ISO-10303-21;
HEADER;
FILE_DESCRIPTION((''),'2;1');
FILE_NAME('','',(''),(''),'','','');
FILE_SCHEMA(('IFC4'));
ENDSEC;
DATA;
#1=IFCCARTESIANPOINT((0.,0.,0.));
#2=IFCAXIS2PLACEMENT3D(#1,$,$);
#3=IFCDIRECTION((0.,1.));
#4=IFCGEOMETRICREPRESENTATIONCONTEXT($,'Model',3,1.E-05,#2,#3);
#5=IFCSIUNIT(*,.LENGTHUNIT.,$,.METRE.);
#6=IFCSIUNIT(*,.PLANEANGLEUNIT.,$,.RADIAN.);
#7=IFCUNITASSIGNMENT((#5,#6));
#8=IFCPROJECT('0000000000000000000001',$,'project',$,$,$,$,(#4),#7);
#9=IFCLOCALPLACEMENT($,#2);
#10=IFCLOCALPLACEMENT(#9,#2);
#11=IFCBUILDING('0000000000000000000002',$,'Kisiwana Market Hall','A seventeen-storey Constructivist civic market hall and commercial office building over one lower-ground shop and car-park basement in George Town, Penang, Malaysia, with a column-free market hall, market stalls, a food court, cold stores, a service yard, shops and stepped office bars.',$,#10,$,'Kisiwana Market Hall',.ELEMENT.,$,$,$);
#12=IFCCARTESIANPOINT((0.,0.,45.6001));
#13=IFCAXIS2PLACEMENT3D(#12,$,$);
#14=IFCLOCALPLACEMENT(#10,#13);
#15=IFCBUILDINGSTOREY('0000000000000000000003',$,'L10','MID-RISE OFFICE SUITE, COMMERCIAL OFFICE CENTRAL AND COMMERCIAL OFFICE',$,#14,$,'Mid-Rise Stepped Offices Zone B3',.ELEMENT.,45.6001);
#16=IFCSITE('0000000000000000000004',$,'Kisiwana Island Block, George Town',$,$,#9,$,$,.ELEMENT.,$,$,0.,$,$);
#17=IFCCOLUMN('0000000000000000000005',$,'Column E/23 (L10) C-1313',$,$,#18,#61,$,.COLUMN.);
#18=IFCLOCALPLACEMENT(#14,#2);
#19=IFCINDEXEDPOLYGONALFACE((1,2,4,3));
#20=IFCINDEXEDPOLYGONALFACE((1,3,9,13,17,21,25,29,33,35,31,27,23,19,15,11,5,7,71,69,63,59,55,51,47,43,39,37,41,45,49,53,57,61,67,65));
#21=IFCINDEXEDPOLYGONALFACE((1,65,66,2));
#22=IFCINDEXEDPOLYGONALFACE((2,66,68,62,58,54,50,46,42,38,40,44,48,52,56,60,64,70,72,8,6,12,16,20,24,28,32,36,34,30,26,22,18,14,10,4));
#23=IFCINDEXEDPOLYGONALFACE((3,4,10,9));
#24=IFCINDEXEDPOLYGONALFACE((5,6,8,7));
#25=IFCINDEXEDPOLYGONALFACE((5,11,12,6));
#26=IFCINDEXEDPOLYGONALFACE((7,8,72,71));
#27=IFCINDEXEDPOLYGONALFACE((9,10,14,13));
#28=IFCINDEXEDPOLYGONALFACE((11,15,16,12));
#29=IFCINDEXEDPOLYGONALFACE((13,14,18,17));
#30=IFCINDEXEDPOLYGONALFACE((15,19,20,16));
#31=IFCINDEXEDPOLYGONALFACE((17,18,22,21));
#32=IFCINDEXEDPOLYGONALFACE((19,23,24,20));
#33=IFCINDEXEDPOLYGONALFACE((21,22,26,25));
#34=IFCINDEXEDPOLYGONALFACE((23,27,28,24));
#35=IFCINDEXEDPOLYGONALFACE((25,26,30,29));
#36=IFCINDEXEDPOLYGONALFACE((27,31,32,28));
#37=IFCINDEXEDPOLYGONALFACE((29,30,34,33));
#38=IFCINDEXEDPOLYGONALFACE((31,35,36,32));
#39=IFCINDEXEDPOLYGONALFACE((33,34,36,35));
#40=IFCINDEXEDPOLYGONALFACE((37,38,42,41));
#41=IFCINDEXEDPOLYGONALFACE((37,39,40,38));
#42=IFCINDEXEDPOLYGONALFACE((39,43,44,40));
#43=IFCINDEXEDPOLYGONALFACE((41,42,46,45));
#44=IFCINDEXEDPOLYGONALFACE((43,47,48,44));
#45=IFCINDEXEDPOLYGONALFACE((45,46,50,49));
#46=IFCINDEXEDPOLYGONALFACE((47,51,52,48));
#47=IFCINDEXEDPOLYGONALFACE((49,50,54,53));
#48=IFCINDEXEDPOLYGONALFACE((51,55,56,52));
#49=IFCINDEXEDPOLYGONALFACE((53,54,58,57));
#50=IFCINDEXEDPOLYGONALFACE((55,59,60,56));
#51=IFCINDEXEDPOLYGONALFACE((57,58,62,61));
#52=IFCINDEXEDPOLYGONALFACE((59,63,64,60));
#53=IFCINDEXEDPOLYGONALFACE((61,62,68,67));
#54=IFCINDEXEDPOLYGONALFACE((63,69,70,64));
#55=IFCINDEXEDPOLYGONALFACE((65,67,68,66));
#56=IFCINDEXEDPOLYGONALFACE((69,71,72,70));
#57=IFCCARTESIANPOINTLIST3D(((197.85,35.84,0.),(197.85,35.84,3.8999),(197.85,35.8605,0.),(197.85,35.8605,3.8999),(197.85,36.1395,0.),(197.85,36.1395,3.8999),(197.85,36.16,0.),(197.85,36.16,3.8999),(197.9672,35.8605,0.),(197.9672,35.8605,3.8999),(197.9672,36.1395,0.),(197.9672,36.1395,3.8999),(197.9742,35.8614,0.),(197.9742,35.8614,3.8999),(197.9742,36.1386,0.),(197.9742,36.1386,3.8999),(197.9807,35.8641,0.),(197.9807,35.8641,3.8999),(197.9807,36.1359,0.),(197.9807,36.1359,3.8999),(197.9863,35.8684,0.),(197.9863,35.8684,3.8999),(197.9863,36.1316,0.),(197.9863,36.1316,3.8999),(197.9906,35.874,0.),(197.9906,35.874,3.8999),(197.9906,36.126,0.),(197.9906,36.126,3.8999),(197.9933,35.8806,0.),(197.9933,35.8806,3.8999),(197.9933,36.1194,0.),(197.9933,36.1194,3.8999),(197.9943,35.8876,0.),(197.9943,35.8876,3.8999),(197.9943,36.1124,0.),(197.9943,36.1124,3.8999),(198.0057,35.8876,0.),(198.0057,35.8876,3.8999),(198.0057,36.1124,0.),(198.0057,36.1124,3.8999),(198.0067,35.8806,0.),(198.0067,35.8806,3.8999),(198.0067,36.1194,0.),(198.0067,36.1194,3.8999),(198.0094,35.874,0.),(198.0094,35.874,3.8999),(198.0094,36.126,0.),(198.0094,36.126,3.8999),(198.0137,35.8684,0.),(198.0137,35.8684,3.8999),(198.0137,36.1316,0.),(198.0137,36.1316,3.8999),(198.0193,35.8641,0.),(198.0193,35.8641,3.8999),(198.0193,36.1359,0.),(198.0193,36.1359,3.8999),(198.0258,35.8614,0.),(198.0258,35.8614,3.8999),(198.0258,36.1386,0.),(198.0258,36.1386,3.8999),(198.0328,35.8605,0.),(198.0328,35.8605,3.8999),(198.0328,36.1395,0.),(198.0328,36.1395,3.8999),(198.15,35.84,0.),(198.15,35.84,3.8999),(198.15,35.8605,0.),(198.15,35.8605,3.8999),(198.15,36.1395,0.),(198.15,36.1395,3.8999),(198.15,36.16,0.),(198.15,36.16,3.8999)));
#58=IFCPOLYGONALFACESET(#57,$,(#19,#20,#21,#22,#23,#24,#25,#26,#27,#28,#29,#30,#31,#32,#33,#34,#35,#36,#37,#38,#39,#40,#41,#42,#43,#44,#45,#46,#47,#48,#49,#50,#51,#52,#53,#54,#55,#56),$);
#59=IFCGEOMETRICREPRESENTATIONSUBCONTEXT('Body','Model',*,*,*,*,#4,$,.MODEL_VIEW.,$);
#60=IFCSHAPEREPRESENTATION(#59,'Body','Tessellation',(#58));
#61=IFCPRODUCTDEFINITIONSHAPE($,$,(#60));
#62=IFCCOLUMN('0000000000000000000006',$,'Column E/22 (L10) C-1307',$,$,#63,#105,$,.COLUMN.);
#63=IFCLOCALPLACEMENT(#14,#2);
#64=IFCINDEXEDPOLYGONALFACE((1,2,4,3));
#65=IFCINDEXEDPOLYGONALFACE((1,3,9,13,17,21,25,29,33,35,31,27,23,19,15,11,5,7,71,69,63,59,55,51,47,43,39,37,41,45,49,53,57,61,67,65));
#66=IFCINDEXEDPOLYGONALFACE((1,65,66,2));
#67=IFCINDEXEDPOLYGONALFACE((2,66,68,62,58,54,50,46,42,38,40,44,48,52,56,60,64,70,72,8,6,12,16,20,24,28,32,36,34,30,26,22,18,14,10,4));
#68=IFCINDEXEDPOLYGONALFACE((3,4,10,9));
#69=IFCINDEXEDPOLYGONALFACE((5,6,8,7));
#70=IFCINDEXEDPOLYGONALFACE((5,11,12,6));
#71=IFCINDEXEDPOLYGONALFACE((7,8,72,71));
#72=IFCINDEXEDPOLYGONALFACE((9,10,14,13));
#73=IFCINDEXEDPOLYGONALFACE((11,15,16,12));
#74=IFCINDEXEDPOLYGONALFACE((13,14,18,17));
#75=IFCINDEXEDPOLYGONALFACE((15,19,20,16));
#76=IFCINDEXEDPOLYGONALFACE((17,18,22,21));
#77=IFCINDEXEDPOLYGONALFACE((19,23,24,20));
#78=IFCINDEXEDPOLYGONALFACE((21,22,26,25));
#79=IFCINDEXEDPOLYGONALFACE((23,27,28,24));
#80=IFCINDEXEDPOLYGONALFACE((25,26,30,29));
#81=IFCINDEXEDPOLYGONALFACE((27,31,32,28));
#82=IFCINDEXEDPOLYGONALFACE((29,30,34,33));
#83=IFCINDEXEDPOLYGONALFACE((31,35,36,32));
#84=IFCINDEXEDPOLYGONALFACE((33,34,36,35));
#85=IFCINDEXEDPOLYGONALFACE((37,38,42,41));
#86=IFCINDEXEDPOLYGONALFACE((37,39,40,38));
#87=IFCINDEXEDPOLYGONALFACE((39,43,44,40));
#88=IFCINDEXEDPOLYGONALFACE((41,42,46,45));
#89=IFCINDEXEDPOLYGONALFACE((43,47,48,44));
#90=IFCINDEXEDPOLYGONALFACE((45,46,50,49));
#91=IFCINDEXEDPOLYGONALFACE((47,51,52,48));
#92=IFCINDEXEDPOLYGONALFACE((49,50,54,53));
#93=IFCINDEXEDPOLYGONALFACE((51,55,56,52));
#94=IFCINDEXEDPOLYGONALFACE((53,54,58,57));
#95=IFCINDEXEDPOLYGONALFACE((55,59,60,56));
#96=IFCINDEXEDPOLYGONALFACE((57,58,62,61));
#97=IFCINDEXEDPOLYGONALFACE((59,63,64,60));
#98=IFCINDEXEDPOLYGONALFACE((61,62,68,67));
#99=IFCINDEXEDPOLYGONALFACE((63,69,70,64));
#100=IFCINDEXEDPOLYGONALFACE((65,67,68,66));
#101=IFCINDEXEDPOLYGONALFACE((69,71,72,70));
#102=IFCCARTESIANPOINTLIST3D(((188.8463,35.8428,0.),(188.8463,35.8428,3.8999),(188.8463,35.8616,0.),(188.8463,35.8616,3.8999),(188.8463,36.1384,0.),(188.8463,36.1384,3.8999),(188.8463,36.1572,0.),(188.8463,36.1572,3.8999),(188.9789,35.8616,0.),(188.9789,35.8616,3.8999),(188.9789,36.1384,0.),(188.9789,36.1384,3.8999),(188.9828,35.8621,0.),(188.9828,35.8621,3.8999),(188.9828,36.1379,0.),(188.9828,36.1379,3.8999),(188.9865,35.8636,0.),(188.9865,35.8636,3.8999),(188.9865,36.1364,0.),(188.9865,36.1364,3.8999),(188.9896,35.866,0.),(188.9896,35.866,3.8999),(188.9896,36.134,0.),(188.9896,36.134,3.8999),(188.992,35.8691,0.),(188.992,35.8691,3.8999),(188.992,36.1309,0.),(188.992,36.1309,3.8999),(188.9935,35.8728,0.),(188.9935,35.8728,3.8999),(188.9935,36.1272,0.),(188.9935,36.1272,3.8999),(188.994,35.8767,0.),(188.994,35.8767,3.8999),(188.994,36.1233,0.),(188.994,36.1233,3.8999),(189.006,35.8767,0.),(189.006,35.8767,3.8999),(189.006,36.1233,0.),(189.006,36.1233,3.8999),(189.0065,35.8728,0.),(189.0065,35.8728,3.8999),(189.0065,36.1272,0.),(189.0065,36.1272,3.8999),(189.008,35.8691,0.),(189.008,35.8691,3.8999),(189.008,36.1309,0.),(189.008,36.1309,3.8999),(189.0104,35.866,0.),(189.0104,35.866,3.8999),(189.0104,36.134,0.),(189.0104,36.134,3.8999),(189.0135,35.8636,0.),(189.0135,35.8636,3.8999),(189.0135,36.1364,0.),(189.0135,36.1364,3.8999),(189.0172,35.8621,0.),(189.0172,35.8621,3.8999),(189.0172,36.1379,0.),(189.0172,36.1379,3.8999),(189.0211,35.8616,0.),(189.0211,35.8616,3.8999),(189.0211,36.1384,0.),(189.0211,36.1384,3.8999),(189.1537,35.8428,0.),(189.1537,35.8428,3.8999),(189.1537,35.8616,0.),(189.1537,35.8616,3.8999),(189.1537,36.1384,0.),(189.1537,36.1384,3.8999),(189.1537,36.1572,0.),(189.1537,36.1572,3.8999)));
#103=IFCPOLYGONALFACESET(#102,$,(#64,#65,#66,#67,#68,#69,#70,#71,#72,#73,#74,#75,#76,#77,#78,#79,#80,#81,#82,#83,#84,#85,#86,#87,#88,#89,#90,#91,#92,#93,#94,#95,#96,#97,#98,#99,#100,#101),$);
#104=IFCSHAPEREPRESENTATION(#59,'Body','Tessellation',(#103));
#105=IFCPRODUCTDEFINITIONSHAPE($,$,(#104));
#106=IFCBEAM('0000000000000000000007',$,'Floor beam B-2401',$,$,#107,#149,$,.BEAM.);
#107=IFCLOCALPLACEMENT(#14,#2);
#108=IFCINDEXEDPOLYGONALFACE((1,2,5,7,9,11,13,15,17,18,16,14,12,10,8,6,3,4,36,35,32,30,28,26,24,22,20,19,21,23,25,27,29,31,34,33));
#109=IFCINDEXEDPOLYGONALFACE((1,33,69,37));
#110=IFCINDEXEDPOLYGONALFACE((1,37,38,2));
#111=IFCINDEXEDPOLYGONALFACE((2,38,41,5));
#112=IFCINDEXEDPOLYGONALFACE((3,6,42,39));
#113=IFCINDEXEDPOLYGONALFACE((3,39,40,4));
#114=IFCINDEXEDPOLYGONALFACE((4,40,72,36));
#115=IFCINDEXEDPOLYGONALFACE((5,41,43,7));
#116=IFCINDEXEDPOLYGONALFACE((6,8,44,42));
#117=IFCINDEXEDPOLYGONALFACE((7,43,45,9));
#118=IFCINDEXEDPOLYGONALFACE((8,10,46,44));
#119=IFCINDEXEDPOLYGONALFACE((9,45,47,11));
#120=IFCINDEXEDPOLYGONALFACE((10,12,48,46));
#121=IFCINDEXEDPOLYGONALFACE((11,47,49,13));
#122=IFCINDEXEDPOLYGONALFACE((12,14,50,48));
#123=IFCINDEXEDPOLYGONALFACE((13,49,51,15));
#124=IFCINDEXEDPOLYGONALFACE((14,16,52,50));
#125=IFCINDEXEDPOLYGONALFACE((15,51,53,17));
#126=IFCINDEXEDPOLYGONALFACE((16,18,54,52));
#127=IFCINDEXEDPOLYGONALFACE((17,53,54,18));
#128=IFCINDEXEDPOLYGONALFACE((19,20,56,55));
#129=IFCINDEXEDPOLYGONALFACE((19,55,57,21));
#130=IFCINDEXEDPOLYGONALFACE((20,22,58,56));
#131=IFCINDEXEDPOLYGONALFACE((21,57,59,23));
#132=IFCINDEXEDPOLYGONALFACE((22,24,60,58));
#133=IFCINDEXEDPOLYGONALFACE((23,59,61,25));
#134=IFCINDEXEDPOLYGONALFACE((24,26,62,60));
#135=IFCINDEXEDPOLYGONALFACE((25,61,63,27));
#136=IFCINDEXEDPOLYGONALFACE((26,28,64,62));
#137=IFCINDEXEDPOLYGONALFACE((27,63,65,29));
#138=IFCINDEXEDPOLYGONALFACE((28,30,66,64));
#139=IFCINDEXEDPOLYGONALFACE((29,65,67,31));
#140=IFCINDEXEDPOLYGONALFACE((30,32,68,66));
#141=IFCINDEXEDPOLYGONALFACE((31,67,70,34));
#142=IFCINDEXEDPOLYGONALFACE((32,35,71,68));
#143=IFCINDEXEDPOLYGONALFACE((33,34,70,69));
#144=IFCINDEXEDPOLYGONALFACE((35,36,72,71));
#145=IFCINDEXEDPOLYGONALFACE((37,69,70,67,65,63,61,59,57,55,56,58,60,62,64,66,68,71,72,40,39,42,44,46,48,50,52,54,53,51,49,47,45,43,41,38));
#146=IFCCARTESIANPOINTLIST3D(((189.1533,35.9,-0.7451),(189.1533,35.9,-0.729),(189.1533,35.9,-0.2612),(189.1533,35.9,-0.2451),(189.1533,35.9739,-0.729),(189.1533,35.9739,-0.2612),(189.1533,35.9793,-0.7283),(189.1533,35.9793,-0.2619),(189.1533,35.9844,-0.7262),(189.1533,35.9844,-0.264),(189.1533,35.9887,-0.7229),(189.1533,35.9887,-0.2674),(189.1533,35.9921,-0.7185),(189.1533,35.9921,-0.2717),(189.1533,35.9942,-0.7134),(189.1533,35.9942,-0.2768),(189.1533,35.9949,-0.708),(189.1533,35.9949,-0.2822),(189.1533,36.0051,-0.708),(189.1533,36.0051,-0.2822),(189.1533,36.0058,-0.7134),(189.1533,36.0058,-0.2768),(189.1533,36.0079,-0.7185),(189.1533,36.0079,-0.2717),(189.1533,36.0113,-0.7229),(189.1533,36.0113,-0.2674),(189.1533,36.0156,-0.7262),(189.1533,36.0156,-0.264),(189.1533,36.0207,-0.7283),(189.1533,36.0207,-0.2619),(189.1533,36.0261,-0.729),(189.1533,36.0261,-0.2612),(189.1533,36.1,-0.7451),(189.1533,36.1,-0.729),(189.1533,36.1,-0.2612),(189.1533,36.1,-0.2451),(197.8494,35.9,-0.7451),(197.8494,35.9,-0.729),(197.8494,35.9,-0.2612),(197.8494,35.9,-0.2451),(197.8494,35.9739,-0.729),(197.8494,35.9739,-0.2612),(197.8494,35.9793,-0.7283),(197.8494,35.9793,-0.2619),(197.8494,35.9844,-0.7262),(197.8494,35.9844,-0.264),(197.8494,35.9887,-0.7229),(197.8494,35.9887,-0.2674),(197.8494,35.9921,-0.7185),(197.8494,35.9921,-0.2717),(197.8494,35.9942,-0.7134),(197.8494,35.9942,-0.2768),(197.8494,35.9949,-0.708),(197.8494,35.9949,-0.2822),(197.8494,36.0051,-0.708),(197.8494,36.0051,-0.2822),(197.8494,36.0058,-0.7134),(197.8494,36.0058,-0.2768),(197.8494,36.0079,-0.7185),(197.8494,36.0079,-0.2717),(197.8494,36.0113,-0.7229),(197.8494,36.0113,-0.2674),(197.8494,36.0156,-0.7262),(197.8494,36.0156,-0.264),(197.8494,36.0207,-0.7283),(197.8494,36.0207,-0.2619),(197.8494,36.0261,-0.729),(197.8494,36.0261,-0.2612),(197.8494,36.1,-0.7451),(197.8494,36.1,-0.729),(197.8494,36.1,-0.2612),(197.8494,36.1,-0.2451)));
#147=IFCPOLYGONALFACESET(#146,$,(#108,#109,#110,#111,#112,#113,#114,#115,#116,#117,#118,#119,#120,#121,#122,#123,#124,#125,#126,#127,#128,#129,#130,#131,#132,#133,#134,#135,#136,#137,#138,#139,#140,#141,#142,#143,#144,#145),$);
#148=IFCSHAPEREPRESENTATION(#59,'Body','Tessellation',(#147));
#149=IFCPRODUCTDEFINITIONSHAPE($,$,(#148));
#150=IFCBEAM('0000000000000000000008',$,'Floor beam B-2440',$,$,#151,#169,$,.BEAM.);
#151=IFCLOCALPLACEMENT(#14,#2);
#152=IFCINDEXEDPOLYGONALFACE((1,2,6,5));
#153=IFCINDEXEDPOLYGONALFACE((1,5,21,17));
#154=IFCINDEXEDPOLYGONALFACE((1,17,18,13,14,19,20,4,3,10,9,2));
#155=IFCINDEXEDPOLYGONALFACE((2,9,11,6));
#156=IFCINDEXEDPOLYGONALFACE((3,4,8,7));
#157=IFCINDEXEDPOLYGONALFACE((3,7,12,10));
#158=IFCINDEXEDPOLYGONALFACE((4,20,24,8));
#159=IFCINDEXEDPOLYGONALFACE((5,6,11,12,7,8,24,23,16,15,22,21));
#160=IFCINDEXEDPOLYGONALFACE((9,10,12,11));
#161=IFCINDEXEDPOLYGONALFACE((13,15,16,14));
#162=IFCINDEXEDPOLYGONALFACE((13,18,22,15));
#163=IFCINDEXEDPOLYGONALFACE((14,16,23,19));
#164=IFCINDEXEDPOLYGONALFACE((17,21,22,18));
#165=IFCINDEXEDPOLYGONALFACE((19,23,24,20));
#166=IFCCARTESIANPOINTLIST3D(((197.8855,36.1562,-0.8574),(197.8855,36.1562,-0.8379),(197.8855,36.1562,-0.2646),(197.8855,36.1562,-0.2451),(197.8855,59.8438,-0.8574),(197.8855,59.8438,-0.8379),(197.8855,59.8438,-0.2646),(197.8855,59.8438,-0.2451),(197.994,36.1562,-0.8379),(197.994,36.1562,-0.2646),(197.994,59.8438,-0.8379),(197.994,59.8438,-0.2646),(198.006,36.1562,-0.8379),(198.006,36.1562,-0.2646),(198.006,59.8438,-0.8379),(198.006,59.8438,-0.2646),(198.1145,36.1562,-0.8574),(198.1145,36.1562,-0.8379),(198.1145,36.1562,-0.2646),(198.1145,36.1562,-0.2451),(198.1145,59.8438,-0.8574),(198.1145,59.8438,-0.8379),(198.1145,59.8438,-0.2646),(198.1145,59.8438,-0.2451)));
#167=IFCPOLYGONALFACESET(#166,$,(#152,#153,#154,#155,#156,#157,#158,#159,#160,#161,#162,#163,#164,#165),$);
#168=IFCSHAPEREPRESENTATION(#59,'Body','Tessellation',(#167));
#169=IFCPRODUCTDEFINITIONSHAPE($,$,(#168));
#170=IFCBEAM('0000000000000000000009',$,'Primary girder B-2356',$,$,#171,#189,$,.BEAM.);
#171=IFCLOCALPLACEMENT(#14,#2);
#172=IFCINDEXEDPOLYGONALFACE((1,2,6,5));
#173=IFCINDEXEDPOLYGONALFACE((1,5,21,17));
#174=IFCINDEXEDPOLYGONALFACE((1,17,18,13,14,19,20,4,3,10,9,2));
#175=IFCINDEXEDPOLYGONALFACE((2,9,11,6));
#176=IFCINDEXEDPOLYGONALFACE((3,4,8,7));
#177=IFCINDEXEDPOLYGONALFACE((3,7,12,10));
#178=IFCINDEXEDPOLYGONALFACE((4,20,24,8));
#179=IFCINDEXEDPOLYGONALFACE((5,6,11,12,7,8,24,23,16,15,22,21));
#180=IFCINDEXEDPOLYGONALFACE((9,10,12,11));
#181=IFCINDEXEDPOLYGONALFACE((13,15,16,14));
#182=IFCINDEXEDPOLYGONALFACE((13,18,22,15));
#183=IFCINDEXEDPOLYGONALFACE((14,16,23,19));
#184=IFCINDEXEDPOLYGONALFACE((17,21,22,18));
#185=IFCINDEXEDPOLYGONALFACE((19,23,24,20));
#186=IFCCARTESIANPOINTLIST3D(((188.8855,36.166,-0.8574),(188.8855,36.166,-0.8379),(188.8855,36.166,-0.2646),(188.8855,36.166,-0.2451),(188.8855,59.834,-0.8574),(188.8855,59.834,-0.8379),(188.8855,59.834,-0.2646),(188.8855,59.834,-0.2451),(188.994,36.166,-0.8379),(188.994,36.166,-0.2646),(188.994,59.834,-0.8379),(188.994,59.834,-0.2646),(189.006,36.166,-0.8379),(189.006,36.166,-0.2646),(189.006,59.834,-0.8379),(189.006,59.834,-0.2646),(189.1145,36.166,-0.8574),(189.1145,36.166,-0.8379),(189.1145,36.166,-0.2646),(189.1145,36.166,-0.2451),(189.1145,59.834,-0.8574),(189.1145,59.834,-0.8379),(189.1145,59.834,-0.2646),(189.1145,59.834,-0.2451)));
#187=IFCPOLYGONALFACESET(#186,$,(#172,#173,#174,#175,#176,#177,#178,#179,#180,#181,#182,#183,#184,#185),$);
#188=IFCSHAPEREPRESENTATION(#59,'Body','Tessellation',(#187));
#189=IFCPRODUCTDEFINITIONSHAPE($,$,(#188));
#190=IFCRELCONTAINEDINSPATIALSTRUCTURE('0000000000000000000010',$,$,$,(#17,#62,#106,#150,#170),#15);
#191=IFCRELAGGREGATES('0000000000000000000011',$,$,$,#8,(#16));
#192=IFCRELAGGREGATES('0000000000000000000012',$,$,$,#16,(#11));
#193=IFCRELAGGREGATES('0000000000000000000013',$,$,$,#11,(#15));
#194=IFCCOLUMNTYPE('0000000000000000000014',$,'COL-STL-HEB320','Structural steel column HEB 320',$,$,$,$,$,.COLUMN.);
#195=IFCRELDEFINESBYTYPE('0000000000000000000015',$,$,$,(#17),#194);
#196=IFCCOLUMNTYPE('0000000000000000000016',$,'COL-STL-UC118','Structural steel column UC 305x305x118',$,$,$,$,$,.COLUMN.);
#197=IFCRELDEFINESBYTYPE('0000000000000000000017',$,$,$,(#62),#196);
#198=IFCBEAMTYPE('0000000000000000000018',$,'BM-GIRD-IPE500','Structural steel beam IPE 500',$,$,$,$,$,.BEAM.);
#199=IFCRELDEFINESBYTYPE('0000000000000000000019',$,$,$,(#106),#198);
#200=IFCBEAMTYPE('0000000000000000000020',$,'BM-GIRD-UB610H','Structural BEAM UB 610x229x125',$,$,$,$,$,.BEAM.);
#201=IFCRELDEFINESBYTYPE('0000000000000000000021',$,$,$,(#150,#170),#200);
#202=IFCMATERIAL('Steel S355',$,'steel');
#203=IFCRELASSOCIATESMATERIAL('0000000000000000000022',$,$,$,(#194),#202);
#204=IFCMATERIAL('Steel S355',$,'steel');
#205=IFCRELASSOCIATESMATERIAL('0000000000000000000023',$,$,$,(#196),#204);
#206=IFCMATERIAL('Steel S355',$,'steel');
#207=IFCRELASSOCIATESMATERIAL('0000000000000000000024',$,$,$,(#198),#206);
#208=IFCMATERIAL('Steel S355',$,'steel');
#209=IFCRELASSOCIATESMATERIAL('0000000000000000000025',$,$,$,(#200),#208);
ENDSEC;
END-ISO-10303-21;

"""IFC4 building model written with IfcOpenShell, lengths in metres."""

from ifc_helpers import new_model, si_unit, direction, frame, origin, origin_2d, place, context, subcontext, project, spatial, i_section, extrude, material, material_profile, profile_set, type_object, element, save


model = new_model("IFC4")

# Units and contexts
model_context = context("Model", 3, precision=1e-05, world=origin(), true_north=direction((0.0, 1.0)))
body_context = subcontext(model_context, "Body", "Model", "MODEL_VIEW")
ifc_project = project(units=[si_unit("LENGTHUNIT", "METRE"), si_unit("PLANEANGLEUNIT", "RADIAN")], contexts=[model_context])

# Site, building, storey
site_placement = place(None, origin())
site = spatial("IfcSite", under=ifc_project, at=site_placement, Name="Kisiwana Island Block, George Town", CompositionType="ELEMENT", RefElevation=0.0)
building_placement = place(site_placement, origin())
building = spatial("IfcBuilding", under=site, at=building_placement, Name="Kisiwana Market Hall", Description="A seventeen-storey Constructivist civic market hall and commercial office building over one lower-ground shop and car-park basement in George Town, Penang, Malaysia, with a column-free market hall, market stalls, a food court, cold stores, a service yard, shops and stepped office bars.", LongName="Kisiwana Market Hall", CompositionType="ELEMENT")
storey_placement = place(building_placement, frame((0.0, 0.0, 45.6001)))
storey = spatial("IfcBuildingStorey", under=building, at=storey_placement, Name="L10", Description="MID-RISE OFFICE SUITE, COMMERCIAL OFFICE CENTRAL AND COMMERCIAL OFFICE", LongName="Mid-Rise Stepped Offices Zone B3", CompositionType="ELEMENT", Elevation=45.6001)

# Columns
ifc_material_1 = material(Name="Steel S355", Category="steel")
ifc_material_profile_1 = material_profile(ifc_material_1, i_section(OverallWidth=0.3, OverallDepth=0.3201, WebThickness=0.0115, FlangeThickness=0.0205, FilletRadius=0.0271, at=origin_2d()), Name="HEB 320")
ifc_profile_set_1 = profile_set([ifc_material_profile_1], Name="Steel S355")
column_type_1 = type_object("IfcColumnType", Name="COL-STL-HEB320", Description="Structural steel column HEB 320", PredefinedType="COLUMN", material=ifc_profile_set_1)
column_1_placement = place(storey_placement, frame((198.0, 36.0, 0.0), z_axis=(0.0, 0.0, 1.0), x_axis=(1.0, 0.0, 0.0)))
element("IfcColumn", 1, at=column_1_placement, inside=storey, type_object=column_type_1, Name="Column E/23 (L10) C-1313", PredefinedType="COLUMN", context=body_context, shape_type="SweptSolid", body=[
    extrude(i_section(OverallWidth=0.3, OverallDepth=0.3201, WebThickness=0.0115, FlangeThickness=0.0205, FilletRadius=0.0271, at=origin_2d()), origin(), (0.0, 0.0, 1.0), 3.8999),
])
ifc_material_2 = material(Name="Steel S355", Category="steel")
ifc_material_profile_2 = material_profile(ifc_material_2, i_section(OverallWidth=0.3074, OverallDepth=0.3145, WebThickness=0.012, FlangeThickness=0.0188, FilletRadius=0.0151, at=origin_2d()), Name="UC 305x305x118")
ifc_profile_set_2 = profile_set([ifc_material_profile_2], Name="Steel S355")
column_type_2 = type_object("IfcColumnType", Name="COL-STL-UC118", Description="Structural steel column UC 305x305x118", PredefinedType="COLUMN", material=ifc_profile_set_2)
column_2_placement = place(storey_placement, frame((189.0, 36.0, 0.0), z_axis=(0.0, 0.0, 1.0), x_axis=(1.0, 0.0, 0.0)))
element("IfcColumn", 2, at=column_2_placement, inside=storey, type_object=column_type_2, Name="Column E/22 (L10) C-1307", PredefinedType="COLUMN", context=body_context, shape_type="SweptSolid", body=[
    extrude(i_section(OverallWidth=0.3074, OverallDepth=0.3145, WebThickness=0.012, FlangeThickness=0.0188, FilletRadius=0.0151, at=origin_2d()), origin(), (0.0, 0.0, 1.0), 3.8999),
])

# Beams
ifc_material_3 = material(Name="Steel S355", Category="steel")
ifc_material_profile_3 = material_profile(ifc_material_3, i_section(OverallWidth=0.2, OverallDepth=0.5, WebThickness=0.0103, FlangeThickness=0.0161, FilletRadius=0.021, at=origin_2d()), Name="IPE 500")
ifc_profile_set_3 = profile_set([ifc_material_profile_3], Name="Steel S355")
beam_type_1 = type_object("IfcBeamType", Name="BM-GIRD-IPE500", Description="Structural steel beam IPE 500", PredefinedType="BEAM", material=ifc_profile_set_3)
beam_1_placement = place(storey_placement, frame((189.1533, 36.0, -0.4951), z_axis=(1.0, 0.0, 0.0), x_axis=(0.0, 1.0, 0.0)))
element("IfcBeam", 3, at=beam_1_placement, inside=storey, type_object=beam_type_1, Name="Floor beam B-2401", PredefinedType="BEAM", context=body_context, shape_type="SweptSolid", body=[
    extrude(i_section(OverallWidth=0.2, OverallDepth=0.5, WebThickness=0.0103, FlangeThickness=0.0161, FilletRadius=0.021, at=origin_2d()), origin(), (0.0, 0.0, 1.0), 8.696),
])
ifc_material_4 = material(Name="Steel S355", Category="steel")
ifc_material_profile_4 = material_profile(ifc_material_4, i_section(OverallWidth=0.229, OverallDepth=0.6123, WebThickness=0.012, FlangeThickness=0.0195, at=origin_2d()), Name="UB 610x229x125")
ifc_profile_set_4 = profile_set([ifc_material_profile_4], Name="Steel S355")
beam_type_2 = type_object("IfcBeamType", Name="BM-GIRD-UB610H", Description="Structural BEAM UB 610x229x125", PredefinedType="BEAM", material=ifc_profile_set_4)
beam_2_placement = place(storey_placement, frame((198.0, 36.1562, -0.5513), z_axis=(0.0, 1.0, 0.0), x_axis=(-1.0, 0.0, 0.0)))
element("IfcBeam", 4, at=beam_2_placement, inside=storey, type_object=beam_type_2, Name="Floor beam B-2440", PredefinedType="BEAM", context=body_context, shape_type="SweptSolid", body=[
    extrude(i_section(OverallWidth=0.229, OverallDepth=0.6123, WebThickness=0.012, FlangeThickness=0.0195, at=origin_2d()), origin(), (0.0, 0.0, 1.0), 23.6875),
])
beam_3_placement = place(storey_placement, frame((189.0, 36.166, -0.5513), z_axis=(0.0, 1.0, 0.0), x_axis=(-1.0, 0.0, 0.0)))
element("IfcBeam", 5, at=beam_3_placement, inside=storey, type_object=beam_type_2, Name="Primary girder B-2356", PredefinedType="BEAM", context=body_context, shape_type="SweptSolid", body=[
    extrude(i_section(OverallWidth=0.229, OverallDepth=0.6123, WebThickness=0.012, FlangeThickness=0.0195, at=origin_2d()), origin(), (0.0, 0.0, 1.0), 23.668),
])

save(model, "model.ifc")
